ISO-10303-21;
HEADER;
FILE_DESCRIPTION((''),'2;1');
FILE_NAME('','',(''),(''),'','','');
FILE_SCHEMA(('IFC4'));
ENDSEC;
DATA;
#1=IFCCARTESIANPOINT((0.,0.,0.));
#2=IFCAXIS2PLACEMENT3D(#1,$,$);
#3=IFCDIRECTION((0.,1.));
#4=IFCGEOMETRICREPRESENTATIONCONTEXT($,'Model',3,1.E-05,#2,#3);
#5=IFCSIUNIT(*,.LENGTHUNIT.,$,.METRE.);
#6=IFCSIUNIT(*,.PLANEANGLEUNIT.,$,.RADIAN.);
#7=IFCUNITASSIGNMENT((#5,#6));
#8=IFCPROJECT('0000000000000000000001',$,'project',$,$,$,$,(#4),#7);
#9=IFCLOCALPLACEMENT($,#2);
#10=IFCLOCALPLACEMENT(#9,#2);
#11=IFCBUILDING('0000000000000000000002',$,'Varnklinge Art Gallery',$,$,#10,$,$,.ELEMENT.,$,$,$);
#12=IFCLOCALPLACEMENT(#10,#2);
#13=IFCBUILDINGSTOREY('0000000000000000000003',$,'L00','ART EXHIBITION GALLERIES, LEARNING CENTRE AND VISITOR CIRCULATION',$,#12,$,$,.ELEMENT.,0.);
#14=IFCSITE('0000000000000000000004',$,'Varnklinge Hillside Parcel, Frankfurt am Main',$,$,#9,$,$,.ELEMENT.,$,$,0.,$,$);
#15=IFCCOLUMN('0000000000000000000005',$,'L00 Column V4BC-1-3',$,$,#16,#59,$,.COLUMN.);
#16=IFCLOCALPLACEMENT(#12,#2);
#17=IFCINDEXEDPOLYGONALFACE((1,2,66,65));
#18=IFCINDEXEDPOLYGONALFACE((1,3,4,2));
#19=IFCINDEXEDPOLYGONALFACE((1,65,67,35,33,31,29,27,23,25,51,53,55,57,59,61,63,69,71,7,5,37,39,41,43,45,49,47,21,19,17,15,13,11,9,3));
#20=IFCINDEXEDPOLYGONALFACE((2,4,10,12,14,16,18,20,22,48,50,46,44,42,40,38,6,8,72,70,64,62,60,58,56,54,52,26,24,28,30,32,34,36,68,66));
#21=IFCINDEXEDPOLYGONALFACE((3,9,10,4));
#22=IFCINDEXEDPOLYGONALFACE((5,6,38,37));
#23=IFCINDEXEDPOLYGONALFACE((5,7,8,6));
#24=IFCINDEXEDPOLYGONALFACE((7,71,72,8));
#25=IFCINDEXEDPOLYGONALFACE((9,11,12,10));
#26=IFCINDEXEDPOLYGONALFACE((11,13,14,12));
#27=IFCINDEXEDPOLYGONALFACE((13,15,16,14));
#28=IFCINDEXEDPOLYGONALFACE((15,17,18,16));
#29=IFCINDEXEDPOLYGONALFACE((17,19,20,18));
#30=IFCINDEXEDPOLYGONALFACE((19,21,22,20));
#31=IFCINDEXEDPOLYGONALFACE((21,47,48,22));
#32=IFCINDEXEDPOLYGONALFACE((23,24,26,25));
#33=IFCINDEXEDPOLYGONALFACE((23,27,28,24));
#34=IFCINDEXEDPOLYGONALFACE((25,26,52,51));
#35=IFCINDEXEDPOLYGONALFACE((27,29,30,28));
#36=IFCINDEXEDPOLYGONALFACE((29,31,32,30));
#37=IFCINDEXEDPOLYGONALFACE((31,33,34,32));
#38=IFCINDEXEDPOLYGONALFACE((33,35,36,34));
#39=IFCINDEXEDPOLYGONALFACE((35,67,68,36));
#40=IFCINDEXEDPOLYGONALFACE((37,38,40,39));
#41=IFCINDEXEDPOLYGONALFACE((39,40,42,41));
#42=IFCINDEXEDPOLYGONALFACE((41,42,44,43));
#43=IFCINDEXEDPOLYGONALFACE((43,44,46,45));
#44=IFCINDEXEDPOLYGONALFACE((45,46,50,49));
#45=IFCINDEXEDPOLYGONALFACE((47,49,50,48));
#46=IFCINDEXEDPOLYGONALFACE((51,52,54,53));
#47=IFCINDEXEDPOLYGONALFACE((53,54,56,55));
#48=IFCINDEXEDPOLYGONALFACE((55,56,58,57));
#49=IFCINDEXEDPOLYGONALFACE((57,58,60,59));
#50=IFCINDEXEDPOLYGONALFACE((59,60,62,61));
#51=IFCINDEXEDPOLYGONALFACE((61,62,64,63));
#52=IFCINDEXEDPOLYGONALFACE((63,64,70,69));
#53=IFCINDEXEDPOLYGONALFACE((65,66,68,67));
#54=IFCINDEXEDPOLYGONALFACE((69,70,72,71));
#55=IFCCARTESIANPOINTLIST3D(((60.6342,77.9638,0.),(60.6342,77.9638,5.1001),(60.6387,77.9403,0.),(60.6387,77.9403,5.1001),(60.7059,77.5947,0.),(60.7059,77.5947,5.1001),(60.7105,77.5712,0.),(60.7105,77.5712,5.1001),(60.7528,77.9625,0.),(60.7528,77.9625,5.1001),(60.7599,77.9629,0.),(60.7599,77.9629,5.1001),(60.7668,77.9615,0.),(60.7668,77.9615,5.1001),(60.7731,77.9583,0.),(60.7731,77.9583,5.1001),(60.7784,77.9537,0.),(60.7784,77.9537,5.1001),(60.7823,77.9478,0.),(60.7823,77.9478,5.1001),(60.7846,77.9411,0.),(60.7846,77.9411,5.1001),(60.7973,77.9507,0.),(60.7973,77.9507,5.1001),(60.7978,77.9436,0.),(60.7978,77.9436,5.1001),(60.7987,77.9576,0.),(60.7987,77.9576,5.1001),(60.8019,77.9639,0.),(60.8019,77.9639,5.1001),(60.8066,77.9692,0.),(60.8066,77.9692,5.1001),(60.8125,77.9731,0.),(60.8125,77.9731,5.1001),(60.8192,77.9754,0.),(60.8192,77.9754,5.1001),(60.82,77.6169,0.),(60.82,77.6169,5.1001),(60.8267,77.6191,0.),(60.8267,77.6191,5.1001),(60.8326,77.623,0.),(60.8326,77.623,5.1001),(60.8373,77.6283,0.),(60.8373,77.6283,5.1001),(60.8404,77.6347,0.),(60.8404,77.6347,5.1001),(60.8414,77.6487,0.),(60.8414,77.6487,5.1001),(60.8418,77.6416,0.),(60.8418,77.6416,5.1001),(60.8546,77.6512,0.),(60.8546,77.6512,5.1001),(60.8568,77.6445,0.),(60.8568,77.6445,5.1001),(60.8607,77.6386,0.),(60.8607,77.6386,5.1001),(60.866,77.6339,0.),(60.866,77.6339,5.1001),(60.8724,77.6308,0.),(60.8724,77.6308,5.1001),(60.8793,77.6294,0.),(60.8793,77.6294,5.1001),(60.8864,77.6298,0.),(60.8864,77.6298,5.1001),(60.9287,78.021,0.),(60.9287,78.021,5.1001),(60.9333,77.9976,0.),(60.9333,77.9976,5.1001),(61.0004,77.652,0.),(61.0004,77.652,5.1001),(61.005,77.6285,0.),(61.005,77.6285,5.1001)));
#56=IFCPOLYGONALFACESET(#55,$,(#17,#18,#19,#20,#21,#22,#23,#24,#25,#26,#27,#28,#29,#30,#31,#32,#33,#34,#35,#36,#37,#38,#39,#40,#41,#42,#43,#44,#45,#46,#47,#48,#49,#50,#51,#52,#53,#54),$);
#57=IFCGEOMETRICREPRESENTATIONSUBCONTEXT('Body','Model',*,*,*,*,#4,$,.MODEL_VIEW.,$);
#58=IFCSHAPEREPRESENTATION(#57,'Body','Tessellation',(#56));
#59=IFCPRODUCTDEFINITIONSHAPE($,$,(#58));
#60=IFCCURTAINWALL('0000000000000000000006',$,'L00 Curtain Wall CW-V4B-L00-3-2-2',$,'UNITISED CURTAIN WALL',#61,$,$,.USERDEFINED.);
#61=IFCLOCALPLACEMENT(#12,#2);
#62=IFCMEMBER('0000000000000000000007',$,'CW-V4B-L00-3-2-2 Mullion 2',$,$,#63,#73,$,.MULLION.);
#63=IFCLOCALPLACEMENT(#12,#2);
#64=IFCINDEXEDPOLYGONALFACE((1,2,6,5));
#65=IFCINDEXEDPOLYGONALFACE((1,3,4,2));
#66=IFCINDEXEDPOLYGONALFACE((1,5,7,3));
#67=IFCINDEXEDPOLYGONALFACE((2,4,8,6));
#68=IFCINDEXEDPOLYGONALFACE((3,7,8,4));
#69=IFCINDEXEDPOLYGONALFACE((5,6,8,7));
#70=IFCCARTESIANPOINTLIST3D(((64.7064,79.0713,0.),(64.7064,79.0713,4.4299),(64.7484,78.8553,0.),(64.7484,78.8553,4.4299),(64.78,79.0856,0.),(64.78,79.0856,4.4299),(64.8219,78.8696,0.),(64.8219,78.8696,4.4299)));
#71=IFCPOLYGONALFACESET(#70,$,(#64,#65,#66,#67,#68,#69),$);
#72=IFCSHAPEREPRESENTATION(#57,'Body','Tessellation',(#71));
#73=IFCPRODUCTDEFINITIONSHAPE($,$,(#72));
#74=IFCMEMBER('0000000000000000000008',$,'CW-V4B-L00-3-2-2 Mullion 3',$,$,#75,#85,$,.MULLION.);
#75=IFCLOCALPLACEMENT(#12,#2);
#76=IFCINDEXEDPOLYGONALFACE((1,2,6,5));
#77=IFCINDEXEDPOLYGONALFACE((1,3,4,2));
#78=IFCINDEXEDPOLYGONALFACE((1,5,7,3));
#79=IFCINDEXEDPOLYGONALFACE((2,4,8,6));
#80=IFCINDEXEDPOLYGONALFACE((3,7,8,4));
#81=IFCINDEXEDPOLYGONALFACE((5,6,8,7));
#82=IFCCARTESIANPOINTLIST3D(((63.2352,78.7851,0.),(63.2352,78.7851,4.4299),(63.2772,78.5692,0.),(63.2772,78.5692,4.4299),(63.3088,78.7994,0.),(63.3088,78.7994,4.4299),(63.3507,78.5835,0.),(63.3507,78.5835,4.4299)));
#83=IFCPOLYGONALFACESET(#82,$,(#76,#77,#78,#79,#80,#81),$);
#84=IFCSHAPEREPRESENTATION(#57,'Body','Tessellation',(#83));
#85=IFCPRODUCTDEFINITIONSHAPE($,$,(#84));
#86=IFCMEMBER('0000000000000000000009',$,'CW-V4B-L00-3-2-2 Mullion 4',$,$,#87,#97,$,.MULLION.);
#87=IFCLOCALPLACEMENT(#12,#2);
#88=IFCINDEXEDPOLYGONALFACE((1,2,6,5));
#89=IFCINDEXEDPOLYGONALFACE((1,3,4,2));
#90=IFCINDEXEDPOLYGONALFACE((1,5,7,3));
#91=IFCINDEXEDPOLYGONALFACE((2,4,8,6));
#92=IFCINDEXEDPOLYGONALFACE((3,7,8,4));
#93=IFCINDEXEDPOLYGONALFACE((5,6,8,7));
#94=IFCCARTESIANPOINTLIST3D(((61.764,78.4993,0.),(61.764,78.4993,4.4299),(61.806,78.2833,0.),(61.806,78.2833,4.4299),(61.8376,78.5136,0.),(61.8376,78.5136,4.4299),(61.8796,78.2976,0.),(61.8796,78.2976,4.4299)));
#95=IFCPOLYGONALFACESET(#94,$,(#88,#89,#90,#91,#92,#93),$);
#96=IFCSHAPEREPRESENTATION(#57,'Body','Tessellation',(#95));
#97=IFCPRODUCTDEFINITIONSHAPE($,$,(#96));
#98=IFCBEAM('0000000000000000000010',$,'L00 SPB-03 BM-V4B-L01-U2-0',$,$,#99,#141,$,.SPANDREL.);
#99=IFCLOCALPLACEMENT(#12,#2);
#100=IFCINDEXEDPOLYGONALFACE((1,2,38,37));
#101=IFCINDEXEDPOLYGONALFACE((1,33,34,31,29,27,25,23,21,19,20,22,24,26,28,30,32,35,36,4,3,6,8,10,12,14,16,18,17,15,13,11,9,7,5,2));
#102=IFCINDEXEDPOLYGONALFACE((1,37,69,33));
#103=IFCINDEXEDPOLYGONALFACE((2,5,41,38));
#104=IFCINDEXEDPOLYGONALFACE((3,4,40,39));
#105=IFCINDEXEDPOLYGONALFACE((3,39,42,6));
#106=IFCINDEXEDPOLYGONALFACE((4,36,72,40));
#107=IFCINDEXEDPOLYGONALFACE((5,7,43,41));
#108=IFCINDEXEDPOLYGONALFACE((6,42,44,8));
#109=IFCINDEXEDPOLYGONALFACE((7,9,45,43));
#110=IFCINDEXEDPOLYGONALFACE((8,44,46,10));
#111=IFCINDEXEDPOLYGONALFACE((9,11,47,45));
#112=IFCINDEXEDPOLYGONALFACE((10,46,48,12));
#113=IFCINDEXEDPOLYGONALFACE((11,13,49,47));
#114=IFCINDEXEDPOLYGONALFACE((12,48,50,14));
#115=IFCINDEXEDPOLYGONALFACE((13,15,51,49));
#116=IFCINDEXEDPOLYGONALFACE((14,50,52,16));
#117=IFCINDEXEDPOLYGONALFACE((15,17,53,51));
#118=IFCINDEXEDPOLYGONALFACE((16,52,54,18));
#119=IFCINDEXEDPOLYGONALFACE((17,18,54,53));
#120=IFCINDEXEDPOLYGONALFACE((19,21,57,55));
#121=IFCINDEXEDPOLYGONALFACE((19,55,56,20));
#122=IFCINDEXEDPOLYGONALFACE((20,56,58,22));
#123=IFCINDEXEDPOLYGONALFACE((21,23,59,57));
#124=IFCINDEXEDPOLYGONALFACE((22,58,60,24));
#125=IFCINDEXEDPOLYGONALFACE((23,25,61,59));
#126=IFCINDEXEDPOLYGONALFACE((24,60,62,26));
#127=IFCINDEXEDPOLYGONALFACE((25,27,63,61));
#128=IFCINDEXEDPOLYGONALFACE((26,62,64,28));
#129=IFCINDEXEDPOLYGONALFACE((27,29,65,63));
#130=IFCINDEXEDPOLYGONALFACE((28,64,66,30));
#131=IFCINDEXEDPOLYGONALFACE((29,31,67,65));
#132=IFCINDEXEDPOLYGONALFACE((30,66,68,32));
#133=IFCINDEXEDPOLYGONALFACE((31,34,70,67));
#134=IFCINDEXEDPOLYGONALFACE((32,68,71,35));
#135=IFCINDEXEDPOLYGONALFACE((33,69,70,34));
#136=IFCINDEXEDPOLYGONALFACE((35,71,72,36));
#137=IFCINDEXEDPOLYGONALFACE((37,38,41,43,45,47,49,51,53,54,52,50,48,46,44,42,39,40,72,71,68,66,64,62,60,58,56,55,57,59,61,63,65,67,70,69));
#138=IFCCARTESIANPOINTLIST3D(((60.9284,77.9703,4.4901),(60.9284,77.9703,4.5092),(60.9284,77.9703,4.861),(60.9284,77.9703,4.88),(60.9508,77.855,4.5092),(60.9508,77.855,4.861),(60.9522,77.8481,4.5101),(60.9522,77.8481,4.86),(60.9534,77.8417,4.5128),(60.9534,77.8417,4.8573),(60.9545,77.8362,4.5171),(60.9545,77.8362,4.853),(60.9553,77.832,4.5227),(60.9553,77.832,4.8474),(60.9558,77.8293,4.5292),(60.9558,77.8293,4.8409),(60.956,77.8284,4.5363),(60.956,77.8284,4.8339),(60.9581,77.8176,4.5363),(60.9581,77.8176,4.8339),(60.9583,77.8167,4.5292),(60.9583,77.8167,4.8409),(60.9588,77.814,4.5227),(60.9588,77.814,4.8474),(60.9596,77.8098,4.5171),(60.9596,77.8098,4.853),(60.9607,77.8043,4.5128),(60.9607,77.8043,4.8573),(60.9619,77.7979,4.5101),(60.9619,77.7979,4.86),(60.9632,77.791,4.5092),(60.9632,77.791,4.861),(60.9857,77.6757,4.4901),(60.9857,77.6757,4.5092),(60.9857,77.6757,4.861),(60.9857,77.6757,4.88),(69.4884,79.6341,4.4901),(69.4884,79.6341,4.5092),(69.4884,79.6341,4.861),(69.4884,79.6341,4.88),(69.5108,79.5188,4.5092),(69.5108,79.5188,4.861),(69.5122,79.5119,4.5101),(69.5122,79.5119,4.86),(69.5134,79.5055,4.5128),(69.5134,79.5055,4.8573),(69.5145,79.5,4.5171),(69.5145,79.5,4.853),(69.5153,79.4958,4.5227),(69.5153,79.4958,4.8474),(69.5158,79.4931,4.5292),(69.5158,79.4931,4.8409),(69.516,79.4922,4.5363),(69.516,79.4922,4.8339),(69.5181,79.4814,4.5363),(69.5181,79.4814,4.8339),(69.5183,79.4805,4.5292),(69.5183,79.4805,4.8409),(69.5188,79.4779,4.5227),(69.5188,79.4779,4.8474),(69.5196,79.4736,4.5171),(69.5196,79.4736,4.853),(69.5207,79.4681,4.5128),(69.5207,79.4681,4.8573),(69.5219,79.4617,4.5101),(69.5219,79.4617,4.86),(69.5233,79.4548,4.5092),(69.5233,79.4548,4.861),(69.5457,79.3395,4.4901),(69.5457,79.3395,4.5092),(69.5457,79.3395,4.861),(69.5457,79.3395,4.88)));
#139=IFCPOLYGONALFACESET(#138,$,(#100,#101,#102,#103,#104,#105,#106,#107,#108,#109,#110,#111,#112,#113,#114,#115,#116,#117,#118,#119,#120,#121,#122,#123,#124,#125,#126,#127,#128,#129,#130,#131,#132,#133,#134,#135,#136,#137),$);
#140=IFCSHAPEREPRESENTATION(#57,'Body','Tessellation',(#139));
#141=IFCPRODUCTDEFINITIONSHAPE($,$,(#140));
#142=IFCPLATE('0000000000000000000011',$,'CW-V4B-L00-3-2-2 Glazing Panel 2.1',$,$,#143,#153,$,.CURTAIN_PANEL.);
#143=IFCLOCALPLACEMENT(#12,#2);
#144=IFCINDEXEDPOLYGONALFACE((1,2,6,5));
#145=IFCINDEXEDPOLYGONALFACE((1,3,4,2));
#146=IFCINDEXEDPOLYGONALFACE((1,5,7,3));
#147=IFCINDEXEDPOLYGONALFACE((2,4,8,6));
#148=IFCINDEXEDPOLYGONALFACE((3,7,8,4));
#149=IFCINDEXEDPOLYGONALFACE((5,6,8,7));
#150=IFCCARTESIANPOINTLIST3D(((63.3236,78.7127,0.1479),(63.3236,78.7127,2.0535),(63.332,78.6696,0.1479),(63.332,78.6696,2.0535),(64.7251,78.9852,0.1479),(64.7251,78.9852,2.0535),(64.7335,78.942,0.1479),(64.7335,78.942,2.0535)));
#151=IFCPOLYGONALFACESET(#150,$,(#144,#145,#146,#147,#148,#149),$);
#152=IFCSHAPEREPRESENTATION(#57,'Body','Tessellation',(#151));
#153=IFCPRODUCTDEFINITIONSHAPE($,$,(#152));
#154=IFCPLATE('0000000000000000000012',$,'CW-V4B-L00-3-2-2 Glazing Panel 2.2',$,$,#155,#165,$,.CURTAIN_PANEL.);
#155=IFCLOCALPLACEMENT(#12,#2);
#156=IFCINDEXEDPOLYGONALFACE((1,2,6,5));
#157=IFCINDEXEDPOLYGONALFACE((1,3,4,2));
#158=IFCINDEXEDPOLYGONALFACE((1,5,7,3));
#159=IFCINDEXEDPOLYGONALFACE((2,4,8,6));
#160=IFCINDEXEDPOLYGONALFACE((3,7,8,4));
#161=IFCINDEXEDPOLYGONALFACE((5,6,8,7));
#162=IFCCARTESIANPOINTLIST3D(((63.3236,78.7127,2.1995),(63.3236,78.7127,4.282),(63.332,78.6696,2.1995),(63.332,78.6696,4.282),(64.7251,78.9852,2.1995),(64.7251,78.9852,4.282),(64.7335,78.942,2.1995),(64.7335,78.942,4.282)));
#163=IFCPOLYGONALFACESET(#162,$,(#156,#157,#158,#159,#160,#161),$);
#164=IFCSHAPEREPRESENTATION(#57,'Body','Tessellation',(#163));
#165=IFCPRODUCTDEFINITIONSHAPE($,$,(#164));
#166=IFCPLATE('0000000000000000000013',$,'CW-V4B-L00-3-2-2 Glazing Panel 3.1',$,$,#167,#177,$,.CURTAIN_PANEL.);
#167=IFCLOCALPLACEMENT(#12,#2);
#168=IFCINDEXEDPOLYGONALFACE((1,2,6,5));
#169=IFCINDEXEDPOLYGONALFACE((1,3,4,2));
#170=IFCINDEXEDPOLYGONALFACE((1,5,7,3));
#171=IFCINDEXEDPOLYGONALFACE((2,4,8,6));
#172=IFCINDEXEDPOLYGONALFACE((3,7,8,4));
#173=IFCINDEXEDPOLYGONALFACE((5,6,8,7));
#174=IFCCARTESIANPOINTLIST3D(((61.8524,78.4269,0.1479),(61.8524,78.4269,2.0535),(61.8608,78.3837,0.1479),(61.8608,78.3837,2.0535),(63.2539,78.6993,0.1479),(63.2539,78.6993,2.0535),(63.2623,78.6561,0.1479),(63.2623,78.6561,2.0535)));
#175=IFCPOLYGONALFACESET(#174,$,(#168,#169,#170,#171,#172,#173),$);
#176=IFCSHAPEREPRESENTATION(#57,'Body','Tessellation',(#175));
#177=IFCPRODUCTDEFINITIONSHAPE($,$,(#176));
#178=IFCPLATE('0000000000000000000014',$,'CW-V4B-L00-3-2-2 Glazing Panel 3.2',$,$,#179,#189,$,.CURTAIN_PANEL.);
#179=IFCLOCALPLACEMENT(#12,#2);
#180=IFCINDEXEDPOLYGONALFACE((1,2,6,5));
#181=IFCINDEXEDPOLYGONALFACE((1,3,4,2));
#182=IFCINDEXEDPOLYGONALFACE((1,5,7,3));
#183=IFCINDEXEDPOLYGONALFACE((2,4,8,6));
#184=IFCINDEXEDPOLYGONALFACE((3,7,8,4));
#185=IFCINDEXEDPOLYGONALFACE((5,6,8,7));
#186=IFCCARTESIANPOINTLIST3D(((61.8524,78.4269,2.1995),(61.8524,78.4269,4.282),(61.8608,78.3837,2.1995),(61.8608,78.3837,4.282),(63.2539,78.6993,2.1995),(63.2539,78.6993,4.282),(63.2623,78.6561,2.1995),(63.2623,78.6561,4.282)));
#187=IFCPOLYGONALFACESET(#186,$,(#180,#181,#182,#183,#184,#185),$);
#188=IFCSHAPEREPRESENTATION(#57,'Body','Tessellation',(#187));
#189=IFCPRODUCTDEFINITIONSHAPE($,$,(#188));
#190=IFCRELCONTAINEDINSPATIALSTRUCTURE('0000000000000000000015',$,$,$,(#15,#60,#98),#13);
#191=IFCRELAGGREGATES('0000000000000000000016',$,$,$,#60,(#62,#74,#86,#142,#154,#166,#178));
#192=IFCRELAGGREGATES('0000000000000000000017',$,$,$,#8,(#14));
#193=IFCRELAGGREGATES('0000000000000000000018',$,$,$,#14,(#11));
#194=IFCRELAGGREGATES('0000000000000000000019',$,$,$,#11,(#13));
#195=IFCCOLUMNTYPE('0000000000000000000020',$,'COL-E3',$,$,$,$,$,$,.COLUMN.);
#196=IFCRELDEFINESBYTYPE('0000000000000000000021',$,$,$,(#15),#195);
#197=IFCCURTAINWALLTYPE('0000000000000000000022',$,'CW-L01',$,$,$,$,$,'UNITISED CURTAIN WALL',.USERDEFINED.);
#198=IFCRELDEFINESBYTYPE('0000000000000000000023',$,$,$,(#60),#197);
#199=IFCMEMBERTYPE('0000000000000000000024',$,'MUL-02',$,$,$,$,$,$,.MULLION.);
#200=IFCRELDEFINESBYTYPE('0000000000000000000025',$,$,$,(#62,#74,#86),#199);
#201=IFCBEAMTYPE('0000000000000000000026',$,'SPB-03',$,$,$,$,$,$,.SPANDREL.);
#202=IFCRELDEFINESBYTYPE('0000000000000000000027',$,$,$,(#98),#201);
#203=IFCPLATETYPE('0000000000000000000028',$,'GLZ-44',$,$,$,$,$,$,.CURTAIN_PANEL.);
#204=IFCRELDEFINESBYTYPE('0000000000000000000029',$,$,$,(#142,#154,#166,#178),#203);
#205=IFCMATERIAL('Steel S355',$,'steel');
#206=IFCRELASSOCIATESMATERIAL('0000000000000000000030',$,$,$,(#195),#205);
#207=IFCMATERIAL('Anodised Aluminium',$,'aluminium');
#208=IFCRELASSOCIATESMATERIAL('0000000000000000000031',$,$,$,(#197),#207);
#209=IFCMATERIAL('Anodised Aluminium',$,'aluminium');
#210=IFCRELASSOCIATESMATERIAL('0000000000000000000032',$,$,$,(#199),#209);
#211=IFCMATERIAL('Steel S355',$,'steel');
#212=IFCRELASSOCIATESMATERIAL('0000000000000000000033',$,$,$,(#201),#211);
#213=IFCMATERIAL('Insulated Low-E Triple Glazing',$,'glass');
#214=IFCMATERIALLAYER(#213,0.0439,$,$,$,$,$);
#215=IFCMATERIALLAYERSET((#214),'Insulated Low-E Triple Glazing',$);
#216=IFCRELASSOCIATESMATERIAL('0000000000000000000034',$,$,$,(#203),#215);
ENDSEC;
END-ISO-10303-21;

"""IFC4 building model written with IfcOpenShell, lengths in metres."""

from ifc_helpers import new_model, si_unit, direction, frame, origin, origin_2d, place, context, subcontext, project, spatial, rectangle, i_section, extrude, material, layer, layer_set, material_profile, profile_set, type_object, element, aggregate, save


model = new_model("IFC4")

# Units and contexts
model_context = context("Model", 3, precision=1e-05, world=origin(), true_north=direction((0.0, 1.0)))
body_context = subcontext(model_context, "Body", "Model", "MODEL_VIEW")
ifc_project = project(units=[si_unit("LENGTHUNIT", "METRE"), si_unit("PLANEANGLEUNIT", "RADIAN")], contexts=[model_context])

# Site, building, storey
site_placement = place(None, origin())
site = spatial("IfcSite", under=ifc_project, at=site_placement, Name="Varnklinge Hillside Parcel, Frankfurt am Main", CompositionType="ELEMENT", RefElevation=0.0)
building_placement = place(site_placement, origin())
building = spatial("IfcBuilding", under=site, at=building_placement, Name="Varnklinge Art Gallery", CompositionType="ELEMENT")
storey_placement = place(building_placement, origin())
storey = spatial("IfcBuildingStorey", under=building, at=storey_placement, Name="L00", Description="ART EXHIBITION GALLERIES, LEARNING CENTRE AND VISITOR CIRCULATION", CompositionType="ELEMENT", Elevation=0.0)

# Column
ifc_material_1 = material(Name="Steel S355", Category="steel")
ifc_material_profile_1 = material_profile(ifc_material_1, i_section(OverallWidth=0.3, OverallDepth=0.3999, WebThickness=0.0134, FlangeThickness=0.0239, FilletRadius=0.0271, at=origin_2d()), Name="HEB 400")
ifc_profile_set_1 = profile_set([ifc_material_profile_1], Name="Steel S355")
column_type = type_object("IfcColumnType", Name="COL-E3", PredefinedType="COLUMN", material=ifc_profile_set_1)
column_placement = place(storey_placement, frame((60.8196, 77.7961, 0.0), z_axis=(0.0, 0.0, 1.0), x_axis=(0.981627, 0.190809, 0.0)))
element("IfcColumn", 1, at=column_placement, inside=storey, type_object=column_type, Name="L00 Column V4BC-1-3", PredefinedType="COLUMN", context=body_context, shape_type="SweptSolid", body=[
    extrude(i_section(OverallWidth=0.3, OverallDepth=0.3999, WebThickness=0.0134, FlangeThickness=0.0239, FilletRadius=0.0271, at=origin_2d()), origin(), (0.0, 0.0, 1.0), 5.1001),
])

# Curtain wall, members
ifc_material_2 = material(Name="Anodised Aluminium", Category="aluminium")
curtain_wall_type = type_object("IfcCurtainWallType", Name="CW-L01", ElementType="UNITISED CURTAIN WALL", PredefinedType="USERDEFINED", material=ifc_material_2)
curtain_wall_placement = place(storey_placement, origin())
curtain_wall = element("IfcCurtainWall", 2, at=curtain_wall_placement, inside=storey, type_object=curtain_wall_type, Name="L00 Curtain Wall CW-V4B-L00-3-2-2", ObjectType="UNITISED CURTAIN WALL", PredefinedType="USERDEFINED")
ifc_material_3 = material(Name="Anodised Aluminium", Category="aluminium")
ifc_material_profile_2 = material_profile(ifc_material_3, rectangle(XDim=0.075, YDim=0.22, at=origin_2d()), Name="ALU 75x220")
ifc_profile_set_2 = profile_set([ifc_material_profile_2], Name="Anodised Aluminium")
member_type = type_object("IfcMemberType", Name="MUL-02", PredefinedType="MULLION", material=ifc_profile_set_2)
member_1_placement = place(storey_placement, frame((64.7642, 78.9705, 0.0), z_axis=(0.0, 0.0, 1.0), x_axis=(-0.981627, -0.190809, 0.0)))
member_1 = element("IfcMember", 3, at=member_1_placement, type_object=member_type, Name="CW-V4B-L00-3-2-2 Mullion 2", PredefinedType="MULLION", context=body_context, shape_type="SweptSolid", body=[
    extrude(rectangle(XDim=0.075, YDim=0.22, at=origin_2d()), origin(), (0.0, 0.0, 1.0), 4.4299),
])
member_2_placement = place(storey_placement, frame((63.293, 78.6843, 0.0), z_axis=(0.0, 0.0, 1.0), x_axis=(-0.981627, -0.190809, 0.0)))
member_2 = element("IfcMember", 4, at=member_2_placement, type_object=member_type, Name="CW-V4B-L00-3-2-2 Mullion 3", PredefinedType="MULLION", context=body_context, shape_type="SweptSolid", body=[
    extrude(rectangle(XDim=0.075, YDim=0.22, at=origin_2d()), origin(), (0.0, 0.0, 1.0), 4.4299),
])
member_3_placement = place(storey_placement, frame((61.8218, 78.3984, 0.0), z_axis=(0.0, 0.0, 1.0), x_axis=(-0.981627, -0.190809, 0.0)))
member_3 = element("IfcMember", 5, at=member_3_placement, type_object=member_type, Name="CW-V4B-L00-3-2-2 Mullion 4", PredefinedType="MULLION", context=body_context, shape_type="SweptSolid", body=[
    extrude(rectangle(XDim=0.075, YDim=0.22, at=origin_2d()), origin(), (0.0, 0.0, 1.0), 4.4299),
])

# Beam
ifc_material_4 = material(Name="Steel S355", Category="steel")
ifc_material_profile_3 = material_profile(ifc_material_4, i_section(OverallWidth=0.3, OverallDepth=0.3899, WebThickness=0.011, FlangeThickness=0.019, FilletRadius=0.0271, at=origin_2d()), Name="HEA 400")
ifc_profile_set_3 = profile_set([ifc_material_profile_3], Name="Steel S355")
beam_type = type_object("IfcBeamType", Name="SPB-03", PredefinedType="SPANDREL", material=ifc_profile_set_3)
beam_placement = place(storey_placement, frame((60.957, 77.823, 4.6851), z_axis=(0.981629, 0.190799, 0.0), x_axis=(-0.190799, 0.981629, 0.0)))
element("IfcBeam", 6, at=beam_placement, inside=storey, type_object=beam_type, Name="L00 SPB-03 BM-V4B-L01-U2-0", PredefinedType="SPANDREL", context=body_context, shape_type="SweptSolid", body=[
    extrude(i_section(OverallWidth=0.3, OverallDepth=0.3899, WebThickness=0.011, FlangeThickness=0.019, FilletRadius=0.0271, at=origin_2d()), origin(), (0.0, 0.0, 1.0), 8.7202),
])

# Plates
ifc_material_5 = material(Name="Insulated Low-E Triple Glazing", Category="glass")
ifc_layer_1 = layer(ifc_material_5, 0.0439)
ifc_layer_set_1 = layer_set([ifc_layer_1], Name="Insulated Low-E Triple Glazing")
plate_type = type_object("IfcPlateType", Name="GLZ-44", PredefinedType="CURTAIN_PANEL", material=ifc_layer_set_1)
plate_1_placement = place(storey_placement, frame((64.0286, 78.8274, 0.1479), z_axis=(0.0, 0.0, 1.0), x_axis=(-0.981627, -0.190809, 0.0)))
plate_1 = element("IfcPlate", 7, at=plate_1_placement, type_object=plate_type, Name="CW-V4B-L00-3-2-2 Glazing Panel 2.1", PredefinedType="CURTAIN_PANEL", context=body_context, shape_type="SweptSolid", body=[
    extrude(rectangle(XDim=1.4277, YDim=0.0439, at=origin_2d()), origin(), (0.0, 0.0, 1.0), 1.9055),
])
plate_2_placement = place(storey_placement, frame((64.0286, 78.8274, 2.1995), z_axis=(0.0, 0.0, 1.0), x_axis=(-0.981627, -0.190809, 0.0)))
plate_2 = element("IfcPlate", 8, at=plate_2_placement, type_object=plate_type, Name="CW-V4B-L00-3-2-2 Glazing Panel 2.2", PredefinedType="CURTAIN_PANEL", context=body_context, shape_type="SweptSolid", body=[
    extrude(rectangle(XDim=1.4277, YDim=0.0439, at=origin_2d()), origin(), (0.0, 0.0, 1.0), 2.0825),
])
plate_3_placement = place(storey_placement, frame((62.5574, 78.5415, 0.1479), z_axis=(0.0, 0.0, 1.0), x_axis=(-0.981627, -0.190809, 0.0)))
plate_3 = element("IfcPlate", 9, at=plate_3_placement, type_object=plate_type, Name="CW-V4B-L00-3-2-2 Glazing Panel 3.1", PredefinedType="CURTAIN_PANEL", context=body_context, shape_type="SweptSolid", body=[
    extrude(rectangle(XDim=1.4277, YDim=0.0439, at=origin_2d()), origin(), (0.0, 0.0, 1.0), 1.9055),
])
plate_4_placement = place(storey_placement, frame((62.5574, 78.5415, 2.1995), z_axis=(0.0, 0.0, 1.0), x_axis=(-0.981627, -0.190809, 0.0)))
plate_4 = element("IfcPlate", 10, at=plate_4_placement, type_object=plate_type, Name="CW-V4B-L00-3-2-2 Glazing Panel 3.2", PredefinedType="CURTAIN_PANEL", context=body_context, shape_type="SweptSolid", body=[
    extrude(rectangle(XDim=1.4277, YDim=0.0439, at=origin_2d()), origin(), (0.0, 0.0, 1.0), 2.0825),
])
aggregate(curtain_wall, [member_1, member_2, member_3, plate_1, plate_2, plate_3, plate_4])

save(model, "model.ifc")
